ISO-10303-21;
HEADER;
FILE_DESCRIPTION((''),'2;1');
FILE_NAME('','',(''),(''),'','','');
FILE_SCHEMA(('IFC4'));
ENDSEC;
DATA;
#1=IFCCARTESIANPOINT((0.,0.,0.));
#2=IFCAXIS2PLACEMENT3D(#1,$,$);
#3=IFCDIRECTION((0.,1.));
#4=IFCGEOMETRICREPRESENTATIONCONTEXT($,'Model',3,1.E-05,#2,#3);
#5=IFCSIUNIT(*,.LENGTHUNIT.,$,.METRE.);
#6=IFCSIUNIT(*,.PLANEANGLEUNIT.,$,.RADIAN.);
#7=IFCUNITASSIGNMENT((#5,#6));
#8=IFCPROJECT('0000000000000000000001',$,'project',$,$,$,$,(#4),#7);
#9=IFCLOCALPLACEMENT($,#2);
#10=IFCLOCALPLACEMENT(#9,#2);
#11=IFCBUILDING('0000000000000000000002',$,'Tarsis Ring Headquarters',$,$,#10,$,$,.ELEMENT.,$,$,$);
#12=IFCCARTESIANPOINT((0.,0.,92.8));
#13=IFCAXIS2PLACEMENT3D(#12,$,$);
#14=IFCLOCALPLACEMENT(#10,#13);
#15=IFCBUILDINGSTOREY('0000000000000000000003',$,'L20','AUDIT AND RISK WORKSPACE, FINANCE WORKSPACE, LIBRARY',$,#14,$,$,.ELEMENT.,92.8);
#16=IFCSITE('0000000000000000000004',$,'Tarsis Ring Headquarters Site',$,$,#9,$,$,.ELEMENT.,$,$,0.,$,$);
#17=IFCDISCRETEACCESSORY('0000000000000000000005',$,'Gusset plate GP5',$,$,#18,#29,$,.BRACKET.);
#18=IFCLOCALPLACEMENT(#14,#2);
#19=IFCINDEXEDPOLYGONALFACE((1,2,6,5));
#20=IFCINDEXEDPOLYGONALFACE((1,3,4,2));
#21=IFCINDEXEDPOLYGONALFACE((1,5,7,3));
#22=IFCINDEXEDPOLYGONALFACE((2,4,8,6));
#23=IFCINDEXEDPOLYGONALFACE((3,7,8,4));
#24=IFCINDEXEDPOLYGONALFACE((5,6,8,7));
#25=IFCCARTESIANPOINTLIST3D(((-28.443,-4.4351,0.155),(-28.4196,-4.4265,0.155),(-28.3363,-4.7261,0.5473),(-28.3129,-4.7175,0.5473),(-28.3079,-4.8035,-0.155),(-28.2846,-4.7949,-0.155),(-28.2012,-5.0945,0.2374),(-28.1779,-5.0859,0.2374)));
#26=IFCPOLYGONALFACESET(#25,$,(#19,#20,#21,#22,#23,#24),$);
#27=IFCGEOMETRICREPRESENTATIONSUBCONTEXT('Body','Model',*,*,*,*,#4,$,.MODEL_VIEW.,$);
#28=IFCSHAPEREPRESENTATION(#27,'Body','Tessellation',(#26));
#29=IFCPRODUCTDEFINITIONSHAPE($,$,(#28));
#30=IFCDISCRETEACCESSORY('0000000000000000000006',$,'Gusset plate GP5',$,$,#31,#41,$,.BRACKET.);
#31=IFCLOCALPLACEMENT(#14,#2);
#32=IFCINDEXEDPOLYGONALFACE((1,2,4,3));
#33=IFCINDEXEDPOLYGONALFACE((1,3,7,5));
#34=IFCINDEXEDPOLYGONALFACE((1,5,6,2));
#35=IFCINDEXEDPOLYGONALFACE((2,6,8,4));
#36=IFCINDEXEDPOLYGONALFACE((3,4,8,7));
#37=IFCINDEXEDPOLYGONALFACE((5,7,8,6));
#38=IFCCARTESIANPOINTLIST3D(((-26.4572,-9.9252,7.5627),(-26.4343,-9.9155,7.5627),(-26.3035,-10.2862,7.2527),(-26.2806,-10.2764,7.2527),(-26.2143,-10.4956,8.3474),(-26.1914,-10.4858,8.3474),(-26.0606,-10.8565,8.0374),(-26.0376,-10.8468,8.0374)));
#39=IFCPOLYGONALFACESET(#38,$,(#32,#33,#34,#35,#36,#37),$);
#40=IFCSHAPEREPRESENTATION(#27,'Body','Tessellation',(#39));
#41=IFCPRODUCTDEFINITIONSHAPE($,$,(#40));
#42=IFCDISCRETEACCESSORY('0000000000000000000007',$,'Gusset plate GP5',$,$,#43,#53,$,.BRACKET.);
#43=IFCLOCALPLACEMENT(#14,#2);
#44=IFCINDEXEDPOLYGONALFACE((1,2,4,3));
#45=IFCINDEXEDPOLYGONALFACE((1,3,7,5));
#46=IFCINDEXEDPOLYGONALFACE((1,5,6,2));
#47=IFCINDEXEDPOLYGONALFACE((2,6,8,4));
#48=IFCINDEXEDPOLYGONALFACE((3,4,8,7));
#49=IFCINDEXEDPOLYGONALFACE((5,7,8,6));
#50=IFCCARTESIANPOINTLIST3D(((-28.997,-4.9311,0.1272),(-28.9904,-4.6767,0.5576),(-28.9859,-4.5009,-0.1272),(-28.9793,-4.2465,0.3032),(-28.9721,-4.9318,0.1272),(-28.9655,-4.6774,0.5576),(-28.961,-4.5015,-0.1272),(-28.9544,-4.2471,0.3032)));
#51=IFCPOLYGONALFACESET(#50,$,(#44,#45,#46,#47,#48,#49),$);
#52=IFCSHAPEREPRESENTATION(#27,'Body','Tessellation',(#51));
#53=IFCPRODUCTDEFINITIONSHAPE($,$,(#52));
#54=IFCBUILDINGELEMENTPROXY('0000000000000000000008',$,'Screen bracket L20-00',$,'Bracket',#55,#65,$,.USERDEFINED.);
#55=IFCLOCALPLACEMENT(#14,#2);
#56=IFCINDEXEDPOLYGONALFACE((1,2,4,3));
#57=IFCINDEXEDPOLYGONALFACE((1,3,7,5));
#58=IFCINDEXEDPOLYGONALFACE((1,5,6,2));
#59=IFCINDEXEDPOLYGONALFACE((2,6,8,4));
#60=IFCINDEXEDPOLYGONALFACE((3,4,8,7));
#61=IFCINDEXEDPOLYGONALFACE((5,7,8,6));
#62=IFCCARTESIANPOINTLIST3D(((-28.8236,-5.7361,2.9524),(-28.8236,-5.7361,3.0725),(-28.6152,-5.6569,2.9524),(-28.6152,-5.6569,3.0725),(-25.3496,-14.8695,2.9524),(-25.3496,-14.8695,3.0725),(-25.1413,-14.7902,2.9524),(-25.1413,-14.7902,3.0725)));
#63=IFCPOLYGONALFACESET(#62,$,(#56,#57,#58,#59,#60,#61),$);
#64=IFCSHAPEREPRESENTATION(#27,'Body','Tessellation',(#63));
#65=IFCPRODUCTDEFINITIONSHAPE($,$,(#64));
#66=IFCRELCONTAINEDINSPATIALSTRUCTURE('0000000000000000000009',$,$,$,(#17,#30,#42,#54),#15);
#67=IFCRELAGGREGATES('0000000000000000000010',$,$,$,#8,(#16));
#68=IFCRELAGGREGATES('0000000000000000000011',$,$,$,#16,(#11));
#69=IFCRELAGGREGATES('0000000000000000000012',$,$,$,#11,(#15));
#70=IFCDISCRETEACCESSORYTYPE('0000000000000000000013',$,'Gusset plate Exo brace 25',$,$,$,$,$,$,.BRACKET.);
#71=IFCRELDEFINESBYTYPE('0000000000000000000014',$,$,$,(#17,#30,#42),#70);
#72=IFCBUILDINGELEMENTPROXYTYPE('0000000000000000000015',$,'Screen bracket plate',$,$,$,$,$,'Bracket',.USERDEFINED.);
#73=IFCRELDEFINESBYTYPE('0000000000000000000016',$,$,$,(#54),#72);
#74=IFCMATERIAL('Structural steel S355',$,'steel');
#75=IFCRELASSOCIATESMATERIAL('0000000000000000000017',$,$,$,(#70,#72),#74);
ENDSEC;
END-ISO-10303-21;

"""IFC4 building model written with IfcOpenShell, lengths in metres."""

from ifc_helpers import new_model, si_unit, direction, frame, origin, origin_2d, place, context, subcontext, project, spatial, rectangle, extrude, material, material_profile, profile_set, type_object, element, save


model = new_model("IFC4")

# Units and contexts
model_context = context("Model", 3, precision=1e-05, world=origin(), true_north=direction((0.0, 1.0)))
body_context = subcontext(model_context, "Body", "Model", "MODEL_VIEW")
ifc_project = project(units=[si_unit("LENGTHUNIT", "METRE"), si_unit("PLANEANGLEUNIT", "RADIAN")], contexts=[model_context])

# Site, building, storey
site_placement = place(None, origin())
site = spatial("IfcSite", under=ifc_project, at=site_placement, Name="Tarsis Ring Headquarters Site", CompositionType="ELEMENT", RefElevation=0.0)
building_placement = place(site_placement, origin())
building = spatial("IfcBuilding", under=site, at=building_placement, Name="Tarsis Ring Headquarters", CompositionType="ELEMENT")
storey_placement = place(building_placement, frame((0.0, 0.0, 92.8)))
storey = spatial("IfcBuildingStorey", under=building, at=storey_placement, Name="L20", Description="AUDIT AND RISK WORKSPACE, FINANCE WORKSPACE, LIBRARY", CompositionType="ELEMENT", Elevation=92.8)

# Shared definitions
ifc_material_1 = material(Name="Structural steel S355", Category="steel")

# Discrete accessories
ifc_material_profile_1 = material_profile(ifc_material_1, rectangle(XDim=0.0249, YDim=0.5, at=origin_2d()), Name="PL 25x500")
ifc_profile_set_1 = profile_set([ifc_material_profile_1], Name="Structural steel S355")
discrete_accessory_type = type_object("IfcDiscreteAccessoryType", Name="Gusset plate Exo brace 25", PredefinedType="BRACKET", material=ifc_profile_set_1)
discrete_accessory_1_placement = place(storey_placement, frame((-28.3638, -4.615, 0.0), z_axis=(0.213379, -0.582033, 0.78467), x_axis=(0.938893, 0.344208, 0.0)))
element("IfcDiscreteAccessory", 1, at=discrete_accessory_1_placement, inside=storey, type_object=discrete_accessory_type, Name="Gusset plate GP5", PredefinedType="BRACKET", context=body_context, shape_type="SweptSolid", body=[
    extrude(rectangle(XDim=0.0249, YDim=0.5, at=origin_2d()), origin(), (0.0, 0.0, 1.0), 0.5),
])
discrete_accessory_2_placement = place(storey_placement, frame((-26.3689, -10.1008, 7.4077), z_axis=(0.242924, -0.570321, 0.78468), x_axis=(0.920019, 0.391874, 0.0)))
element("IfcDiscreteAccessory", 2, at=discrete_accessory_2_placement, inside=storey, type_object=discrete_accessory_type, Name="Gusset plate GP5", PredefinedType="BRACKET", context=body_context, shape_type="SweptSolid", body=[
    extrude(rectangle(XDim=0.0249, YDim=0.5, at=origin_2d()), origin(), (0.0, 0.0, 1.0), 1.0),
])
discrete_accessory_3_placement = place(storey_placement, frame((-28.979, -4.7163, 0.0), z_axis=(0.013183, 0.508767, 0.860803), x_axis=(-0.999664, 0.025903, 0.0)))
element("IfcDiscreteAccessory", 3, at=discrete_accessory_3_placement, inside=storey, type_object=discrete_accessory_type, Name="Gusset plate GP5", PredefinedType="BRACKET", context=body_context, shape_type="SweptSolid", body=[
    extrude(rectangle(XDim=0.0249, YDim=0.5, at=origin_2d()), origin(), (0.0, 0.0, 1.0), 0.5),
])

# Building element proxy
building_element_proxy_type = type_object("IfcBuildingElementProxyType", Name="Screen bracket plate", ElementType="Bracket", PredefinedType="USERDEFINED", material=ifc_material_1)
proxy_placement = place(storey_placement, frame((-26.9824, -10.2632, 2.9524), z_axis=(0.0, 0.0, 1.0), x_axis=(0.355515, -0.934671, 0.0)))
element("IfcBuildingElementProxy", 4, at=proxy_placement, inside=storey, type_object=building_element_proxy_type, Name="Screen bracket L20-00", ObjectType="Bracket", PredefinedType="USERDEFINED", context=body_context, shape_type="SweptSolid", body=[
    extrude(rectangle(XDim=9.7717, YDim=0.2229, at=origin_2d()), origin(), (0.0, 0.0, 1.0), 0.1201),
])

save(model, "model.ifc")
